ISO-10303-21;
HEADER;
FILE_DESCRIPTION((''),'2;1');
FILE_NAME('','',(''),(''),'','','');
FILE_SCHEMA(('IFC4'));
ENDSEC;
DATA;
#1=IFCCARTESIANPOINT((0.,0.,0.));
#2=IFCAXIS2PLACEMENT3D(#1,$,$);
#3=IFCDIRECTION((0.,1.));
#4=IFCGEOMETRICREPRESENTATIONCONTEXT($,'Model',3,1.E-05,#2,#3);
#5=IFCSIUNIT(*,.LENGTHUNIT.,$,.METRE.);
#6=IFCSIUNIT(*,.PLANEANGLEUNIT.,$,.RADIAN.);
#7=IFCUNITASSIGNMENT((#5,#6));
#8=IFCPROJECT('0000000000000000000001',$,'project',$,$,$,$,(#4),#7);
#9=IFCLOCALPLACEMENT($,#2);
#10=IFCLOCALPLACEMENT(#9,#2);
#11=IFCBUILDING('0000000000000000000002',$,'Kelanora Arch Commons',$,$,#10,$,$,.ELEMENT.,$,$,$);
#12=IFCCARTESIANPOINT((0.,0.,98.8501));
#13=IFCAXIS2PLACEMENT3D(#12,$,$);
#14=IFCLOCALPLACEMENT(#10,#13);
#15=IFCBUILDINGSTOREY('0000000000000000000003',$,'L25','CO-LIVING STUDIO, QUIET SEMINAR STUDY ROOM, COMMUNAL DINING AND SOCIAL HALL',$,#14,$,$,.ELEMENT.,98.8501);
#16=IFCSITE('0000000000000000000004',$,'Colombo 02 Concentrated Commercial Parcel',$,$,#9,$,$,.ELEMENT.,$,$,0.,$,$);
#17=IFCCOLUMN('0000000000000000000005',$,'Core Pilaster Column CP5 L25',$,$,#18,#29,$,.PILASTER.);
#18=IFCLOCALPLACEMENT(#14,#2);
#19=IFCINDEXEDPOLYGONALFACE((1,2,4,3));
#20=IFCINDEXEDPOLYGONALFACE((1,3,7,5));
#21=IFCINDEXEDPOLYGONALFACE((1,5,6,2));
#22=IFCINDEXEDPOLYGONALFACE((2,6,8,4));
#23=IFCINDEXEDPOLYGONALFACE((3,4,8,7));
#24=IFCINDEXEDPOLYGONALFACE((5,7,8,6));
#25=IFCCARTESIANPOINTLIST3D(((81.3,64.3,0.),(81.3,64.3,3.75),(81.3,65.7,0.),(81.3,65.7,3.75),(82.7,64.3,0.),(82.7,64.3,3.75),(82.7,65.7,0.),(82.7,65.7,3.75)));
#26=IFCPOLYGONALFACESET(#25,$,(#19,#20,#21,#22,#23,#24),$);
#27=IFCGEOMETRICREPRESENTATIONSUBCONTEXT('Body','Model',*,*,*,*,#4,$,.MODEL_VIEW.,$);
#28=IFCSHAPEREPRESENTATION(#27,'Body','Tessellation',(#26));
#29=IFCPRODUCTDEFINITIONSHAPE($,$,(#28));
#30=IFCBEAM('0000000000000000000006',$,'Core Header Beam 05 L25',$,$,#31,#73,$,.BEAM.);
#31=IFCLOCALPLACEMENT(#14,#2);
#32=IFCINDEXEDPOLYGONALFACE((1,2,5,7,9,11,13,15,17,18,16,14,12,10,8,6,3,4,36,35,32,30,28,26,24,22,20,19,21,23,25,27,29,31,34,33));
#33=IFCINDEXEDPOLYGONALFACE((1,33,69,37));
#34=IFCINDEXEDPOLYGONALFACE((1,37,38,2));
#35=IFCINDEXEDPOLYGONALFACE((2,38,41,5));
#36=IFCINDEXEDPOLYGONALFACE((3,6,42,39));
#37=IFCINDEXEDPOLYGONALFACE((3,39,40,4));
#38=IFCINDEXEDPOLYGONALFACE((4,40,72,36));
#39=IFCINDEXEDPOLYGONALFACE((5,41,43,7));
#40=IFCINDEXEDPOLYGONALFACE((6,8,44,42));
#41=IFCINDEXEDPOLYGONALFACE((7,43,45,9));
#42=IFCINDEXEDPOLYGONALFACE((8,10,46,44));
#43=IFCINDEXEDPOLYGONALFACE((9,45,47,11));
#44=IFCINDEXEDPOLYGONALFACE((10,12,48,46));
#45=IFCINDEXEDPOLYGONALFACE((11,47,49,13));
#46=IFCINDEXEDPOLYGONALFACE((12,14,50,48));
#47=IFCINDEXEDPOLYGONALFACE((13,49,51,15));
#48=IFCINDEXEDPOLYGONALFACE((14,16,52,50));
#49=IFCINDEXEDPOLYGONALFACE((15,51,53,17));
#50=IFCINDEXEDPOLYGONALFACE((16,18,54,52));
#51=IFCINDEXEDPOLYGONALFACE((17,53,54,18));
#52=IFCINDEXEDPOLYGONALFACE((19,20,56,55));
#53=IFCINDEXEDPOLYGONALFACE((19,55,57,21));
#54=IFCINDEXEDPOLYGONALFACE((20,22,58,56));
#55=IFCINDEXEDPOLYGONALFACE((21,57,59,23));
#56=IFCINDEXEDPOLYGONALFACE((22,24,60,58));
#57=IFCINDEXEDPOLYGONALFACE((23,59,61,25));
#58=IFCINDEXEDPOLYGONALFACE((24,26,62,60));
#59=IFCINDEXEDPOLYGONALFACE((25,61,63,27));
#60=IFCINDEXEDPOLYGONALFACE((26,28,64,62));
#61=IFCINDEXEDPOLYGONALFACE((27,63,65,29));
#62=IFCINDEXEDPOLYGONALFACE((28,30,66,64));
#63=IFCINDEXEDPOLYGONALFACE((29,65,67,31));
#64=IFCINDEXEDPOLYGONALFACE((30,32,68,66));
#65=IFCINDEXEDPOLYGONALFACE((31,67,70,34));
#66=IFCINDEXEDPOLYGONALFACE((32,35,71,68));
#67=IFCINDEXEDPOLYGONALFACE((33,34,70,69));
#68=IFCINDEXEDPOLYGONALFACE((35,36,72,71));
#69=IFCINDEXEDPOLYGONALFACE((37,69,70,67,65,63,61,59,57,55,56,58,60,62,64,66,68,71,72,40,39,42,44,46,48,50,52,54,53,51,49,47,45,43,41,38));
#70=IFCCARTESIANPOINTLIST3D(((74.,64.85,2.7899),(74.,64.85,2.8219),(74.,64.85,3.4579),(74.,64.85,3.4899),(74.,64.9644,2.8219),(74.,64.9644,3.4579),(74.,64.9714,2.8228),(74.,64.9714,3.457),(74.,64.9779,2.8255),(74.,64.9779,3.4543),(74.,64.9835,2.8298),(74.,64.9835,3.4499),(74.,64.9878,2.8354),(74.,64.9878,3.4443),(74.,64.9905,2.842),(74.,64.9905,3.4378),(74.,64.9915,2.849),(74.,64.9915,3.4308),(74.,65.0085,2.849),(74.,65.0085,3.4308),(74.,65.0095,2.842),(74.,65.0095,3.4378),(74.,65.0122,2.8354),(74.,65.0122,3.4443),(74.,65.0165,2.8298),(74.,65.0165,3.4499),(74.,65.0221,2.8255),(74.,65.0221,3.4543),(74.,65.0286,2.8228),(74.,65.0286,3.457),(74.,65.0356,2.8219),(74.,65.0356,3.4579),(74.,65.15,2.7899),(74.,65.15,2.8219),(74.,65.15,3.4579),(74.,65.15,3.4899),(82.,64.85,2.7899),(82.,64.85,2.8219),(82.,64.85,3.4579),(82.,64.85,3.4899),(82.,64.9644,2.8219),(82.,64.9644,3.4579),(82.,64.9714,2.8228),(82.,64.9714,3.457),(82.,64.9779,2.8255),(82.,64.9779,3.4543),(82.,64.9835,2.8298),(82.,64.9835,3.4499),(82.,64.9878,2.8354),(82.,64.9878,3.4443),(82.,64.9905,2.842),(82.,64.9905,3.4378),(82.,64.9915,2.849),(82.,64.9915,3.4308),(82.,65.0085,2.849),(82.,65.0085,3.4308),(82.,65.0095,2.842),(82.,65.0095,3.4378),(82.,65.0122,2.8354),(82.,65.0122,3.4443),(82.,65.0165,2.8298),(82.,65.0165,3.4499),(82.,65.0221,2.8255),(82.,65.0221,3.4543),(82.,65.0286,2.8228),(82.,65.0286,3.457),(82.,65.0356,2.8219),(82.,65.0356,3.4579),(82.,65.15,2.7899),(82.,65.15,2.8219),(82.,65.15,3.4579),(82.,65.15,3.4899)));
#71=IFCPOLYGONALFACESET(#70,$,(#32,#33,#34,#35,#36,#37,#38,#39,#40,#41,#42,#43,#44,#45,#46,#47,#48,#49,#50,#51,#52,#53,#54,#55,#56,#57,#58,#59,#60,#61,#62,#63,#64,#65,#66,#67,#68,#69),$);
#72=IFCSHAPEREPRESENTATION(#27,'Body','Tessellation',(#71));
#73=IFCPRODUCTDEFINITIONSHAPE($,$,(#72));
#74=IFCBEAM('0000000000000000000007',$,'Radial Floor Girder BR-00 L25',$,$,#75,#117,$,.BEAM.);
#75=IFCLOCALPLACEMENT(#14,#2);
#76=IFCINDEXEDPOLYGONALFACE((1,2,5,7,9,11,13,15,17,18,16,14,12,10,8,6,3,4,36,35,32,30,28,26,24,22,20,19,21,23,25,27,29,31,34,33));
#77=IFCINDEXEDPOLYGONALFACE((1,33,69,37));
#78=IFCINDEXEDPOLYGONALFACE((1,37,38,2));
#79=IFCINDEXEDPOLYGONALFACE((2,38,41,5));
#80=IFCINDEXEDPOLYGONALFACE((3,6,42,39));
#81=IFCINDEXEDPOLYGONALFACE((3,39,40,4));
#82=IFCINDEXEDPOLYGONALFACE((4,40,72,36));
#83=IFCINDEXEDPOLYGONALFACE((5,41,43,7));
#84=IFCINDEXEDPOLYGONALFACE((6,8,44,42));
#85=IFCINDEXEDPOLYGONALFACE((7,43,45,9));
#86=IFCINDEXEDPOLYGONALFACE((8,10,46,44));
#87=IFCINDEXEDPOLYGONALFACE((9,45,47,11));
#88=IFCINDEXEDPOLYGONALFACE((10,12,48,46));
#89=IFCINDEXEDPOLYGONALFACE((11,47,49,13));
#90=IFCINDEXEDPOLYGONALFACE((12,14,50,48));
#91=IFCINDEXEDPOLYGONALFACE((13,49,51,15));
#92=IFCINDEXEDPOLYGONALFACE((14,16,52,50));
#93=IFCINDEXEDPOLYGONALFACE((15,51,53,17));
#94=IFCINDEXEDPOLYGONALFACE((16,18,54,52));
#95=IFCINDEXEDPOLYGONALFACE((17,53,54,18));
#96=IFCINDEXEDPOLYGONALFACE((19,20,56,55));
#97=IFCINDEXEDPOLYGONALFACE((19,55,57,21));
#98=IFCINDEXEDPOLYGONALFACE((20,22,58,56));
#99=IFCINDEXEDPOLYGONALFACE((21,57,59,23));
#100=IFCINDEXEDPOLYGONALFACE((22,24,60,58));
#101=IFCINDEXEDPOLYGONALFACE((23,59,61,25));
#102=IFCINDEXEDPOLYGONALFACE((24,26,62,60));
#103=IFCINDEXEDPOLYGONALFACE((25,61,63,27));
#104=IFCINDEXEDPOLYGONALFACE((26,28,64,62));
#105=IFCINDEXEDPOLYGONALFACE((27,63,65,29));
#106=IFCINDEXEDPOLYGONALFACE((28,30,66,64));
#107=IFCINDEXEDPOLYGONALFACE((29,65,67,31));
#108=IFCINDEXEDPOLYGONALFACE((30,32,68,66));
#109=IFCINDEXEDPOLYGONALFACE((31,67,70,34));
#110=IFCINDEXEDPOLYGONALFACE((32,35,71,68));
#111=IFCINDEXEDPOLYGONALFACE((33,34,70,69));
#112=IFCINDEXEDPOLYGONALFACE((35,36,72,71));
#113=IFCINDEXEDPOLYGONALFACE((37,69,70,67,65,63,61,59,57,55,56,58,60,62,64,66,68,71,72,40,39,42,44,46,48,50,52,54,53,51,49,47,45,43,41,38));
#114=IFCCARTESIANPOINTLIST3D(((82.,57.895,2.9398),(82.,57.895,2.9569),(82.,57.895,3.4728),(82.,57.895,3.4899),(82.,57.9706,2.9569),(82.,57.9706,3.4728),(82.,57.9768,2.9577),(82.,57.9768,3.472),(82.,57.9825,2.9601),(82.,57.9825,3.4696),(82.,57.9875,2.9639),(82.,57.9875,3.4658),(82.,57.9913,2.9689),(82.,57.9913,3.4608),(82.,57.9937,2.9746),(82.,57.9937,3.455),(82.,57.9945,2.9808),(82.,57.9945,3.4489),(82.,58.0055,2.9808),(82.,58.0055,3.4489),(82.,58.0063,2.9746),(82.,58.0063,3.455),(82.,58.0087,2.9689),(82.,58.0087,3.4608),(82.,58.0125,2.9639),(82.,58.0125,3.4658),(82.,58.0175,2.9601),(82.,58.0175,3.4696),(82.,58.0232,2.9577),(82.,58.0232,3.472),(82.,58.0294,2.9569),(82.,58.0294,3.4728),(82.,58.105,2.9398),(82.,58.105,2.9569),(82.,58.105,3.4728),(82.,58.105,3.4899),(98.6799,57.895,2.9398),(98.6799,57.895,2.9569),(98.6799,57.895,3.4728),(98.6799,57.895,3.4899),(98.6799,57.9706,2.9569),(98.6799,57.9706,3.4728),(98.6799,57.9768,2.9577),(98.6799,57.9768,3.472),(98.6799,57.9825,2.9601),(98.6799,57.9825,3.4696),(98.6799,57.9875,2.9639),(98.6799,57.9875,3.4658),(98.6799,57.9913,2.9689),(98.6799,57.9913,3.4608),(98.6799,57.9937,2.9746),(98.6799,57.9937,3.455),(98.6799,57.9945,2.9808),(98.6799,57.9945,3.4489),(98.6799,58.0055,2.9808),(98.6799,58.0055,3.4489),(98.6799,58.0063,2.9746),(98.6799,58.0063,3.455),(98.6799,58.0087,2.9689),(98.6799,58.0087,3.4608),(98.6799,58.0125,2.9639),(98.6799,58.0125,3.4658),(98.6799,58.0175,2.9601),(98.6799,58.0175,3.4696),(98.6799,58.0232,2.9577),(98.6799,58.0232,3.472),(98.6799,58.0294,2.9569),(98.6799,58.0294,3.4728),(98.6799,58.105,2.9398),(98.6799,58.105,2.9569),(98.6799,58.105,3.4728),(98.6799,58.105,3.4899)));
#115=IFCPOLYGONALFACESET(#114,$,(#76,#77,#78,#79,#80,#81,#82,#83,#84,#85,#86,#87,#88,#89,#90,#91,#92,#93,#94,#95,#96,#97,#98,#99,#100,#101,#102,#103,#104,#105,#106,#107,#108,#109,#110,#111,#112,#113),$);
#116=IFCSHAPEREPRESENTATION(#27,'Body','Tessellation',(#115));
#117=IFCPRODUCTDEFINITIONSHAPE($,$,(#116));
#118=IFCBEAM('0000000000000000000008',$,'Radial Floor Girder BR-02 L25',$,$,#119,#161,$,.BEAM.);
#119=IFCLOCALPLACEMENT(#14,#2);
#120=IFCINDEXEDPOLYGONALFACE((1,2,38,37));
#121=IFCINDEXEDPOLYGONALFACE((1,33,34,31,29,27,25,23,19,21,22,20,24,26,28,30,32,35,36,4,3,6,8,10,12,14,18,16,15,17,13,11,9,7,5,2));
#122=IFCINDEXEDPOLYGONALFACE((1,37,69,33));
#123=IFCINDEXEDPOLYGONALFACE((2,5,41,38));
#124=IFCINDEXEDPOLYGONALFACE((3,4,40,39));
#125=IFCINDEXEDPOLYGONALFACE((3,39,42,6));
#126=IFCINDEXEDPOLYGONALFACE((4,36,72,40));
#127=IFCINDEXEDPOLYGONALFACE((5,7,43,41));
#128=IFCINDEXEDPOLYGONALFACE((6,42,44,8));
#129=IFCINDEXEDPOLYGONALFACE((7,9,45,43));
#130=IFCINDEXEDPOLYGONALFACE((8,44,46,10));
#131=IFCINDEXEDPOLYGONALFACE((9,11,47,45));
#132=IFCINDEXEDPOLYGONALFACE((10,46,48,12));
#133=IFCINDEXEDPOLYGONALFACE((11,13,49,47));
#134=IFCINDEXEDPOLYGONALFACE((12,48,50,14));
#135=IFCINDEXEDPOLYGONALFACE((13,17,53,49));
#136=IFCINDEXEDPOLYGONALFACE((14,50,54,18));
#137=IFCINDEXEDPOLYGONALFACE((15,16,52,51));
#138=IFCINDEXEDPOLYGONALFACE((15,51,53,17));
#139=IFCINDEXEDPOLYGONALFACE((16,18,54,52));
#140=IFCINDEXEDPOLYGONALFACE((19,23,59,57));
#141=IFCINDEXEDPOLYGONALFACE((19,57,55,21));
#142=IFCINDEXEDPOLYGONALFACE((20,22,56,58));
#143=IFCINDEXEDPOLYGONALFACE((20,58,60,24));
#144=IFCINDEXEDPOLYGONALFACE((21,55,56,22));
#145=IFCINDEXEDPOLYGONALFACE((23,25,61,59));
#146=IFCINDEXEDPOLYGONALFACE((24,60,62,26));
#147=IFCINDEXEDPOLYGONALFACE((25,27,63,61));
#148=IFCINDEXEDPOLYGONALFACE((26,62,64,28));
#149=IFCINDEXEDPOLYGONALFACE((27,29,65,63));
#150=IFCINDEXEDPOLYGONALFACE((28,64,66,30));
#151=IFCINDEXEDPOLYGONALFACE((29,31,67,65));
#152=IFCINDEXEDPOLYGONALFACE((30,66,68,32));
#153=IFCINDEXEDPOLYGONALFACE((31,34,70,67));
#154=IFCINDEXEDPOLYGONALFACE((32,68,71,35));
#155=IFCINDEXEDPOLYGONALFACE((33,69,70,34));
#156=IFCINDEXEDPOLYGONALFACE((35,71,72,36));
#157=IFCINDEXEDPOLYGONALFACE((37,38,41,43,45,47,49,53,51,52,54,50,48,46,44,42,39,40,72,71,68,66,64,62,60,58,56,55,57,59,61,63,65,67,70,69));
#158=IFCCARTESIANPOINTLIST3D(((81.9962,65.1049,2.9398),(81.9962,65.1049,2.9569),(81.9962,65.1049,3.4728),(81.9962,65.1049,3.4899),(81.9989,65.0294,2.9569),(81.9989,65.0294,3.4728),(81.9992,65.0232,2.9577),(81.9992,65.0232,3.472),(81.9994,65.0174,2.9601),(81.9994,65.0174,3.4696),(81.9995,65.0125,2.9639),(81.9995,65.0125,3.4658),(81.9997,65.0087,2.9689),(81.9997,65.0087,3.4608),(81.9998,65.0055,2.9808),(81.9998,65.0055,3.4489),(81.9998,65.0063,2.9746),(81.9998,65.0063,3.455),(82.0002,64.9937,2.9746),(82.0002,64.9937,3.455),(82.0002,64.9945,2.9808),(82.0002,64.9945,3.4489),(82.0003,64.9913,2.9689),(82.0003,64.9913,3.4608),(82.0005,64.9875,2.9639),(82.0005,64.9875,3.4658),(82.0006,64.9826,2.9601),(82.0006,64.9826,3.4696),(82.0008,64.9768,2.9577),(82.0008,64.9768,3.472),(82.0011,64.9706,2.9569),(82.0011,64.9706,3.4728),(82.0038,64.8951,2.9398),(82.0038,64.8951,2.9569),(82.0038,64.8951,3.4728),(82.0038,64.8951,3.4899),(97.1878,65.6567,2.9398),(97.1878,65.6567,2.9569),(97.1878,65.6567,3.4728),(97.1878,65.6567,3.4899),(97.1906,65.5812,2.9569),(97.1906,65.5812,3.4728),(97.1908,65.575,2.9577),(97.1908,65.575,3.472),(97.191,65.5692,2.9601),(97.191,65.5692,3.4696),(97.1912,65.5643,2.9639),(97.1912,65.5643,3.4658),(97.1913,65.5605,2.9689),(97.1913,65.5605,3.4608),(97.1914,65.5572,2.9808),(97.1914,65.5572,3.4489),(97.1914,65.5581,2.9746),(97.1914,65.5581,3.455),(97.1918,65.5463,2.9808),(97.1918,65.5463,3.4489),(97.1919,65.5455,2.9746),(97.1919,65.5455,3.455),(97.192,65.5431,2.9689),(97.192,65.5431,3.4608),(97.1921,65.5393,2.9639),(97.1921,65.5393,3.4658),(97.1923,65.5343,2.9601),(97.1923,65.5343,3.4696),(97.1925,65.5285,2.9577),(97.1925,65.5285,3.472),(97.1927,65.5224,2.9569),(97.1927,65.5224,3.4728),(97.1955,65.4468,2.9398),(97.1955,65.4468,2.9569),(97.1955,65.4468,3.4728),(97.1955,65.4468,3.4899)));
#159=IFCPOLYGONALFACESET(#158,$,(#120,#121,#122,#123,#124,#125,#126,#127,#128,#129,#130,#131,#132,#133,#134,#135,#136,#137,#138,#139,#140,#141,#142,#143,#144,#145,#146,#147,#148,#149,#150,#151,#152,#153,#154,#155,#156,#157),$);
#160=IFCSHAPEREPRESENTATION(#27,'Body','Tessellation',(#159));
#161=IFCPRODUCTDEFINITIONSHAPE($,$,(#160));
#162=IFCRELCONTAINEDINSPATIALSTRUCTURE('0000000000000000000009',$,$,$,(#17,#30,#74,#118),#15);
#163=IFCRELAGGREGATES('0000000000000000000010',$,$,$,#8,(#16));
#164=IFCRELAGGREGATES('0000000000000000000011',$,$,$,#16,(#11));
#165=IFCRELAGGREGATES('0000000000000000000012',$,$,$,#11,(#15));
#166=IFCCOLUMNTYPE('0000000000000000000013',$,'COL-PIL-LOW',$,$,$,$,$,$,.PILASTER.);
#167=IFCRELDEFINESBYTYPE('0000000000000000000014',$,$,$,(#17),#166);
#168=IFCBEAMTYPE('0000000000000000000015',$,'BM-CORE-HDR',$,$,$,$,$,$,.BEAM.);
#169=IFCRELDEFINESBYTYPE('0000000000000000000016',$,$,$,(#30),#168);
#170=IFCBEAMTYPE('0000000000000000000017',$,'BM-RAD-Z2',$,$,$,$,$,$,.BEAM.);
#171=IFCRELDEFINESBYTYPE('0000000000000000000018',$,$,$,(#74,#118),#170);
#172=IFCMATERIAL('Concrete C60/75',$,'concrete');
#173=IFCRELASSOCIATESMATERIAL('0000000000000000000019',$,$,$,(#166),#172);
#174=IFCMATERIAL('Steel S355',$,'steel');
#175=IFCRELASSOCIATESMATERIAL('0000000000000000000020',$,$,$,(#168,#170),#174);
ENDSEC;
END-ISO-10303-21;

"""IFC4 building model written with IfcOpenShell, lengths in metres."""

from ifc_helpers import new_model, si_unit, direction, frame, origin, origin_2d, place, context, subcontext, project, spatial, rectangle, i_section, extrude, material, material_profile, profile_set, type_object, element, save


model = new_model("IFC4")

# Units and contexts
model_context = context("Model", 3, precision=1e-05, world=origin(), true_north=direction((0.0, 1.0)))
body_context = subcontext(model_context, "Body", "Model", "MODEL_VIEW")
ifc_project = project(units=[si_unit("LENGTHUNIT", "METRE"), si_unit("PLANEANGLEUNIT", "RADIAN")], contexts=[model_context])

# Site, building, storey
site_placement = place(None, origin())
site = spatial("IfcSite", under=ifc_project, at=site_placement, Name="Colombo 02 Concentrated Commercial Parcel", CompositionType="ELEMENT", RefElevation=0.0)
building_placement = place(site_placement, origin())
building = spatial("IfcBuilding", under=site, at=building_placement, Name="Kelanora Arch Commons", CompositionType="ELEMENT")
storey_placement = place(building_placement, frame((0.0, 0.0, 98.8501)))
storey = spatial("IfcBuildingStorey", under=building, at=storey_placement, Name="L25", Description="CO-LIVING STUDIO, QUIET SEMINAR STUDY ROOM, COMMUNAL DINING AND SOCIAL HALL", CompositionType="ELEMENT", Elevation=98.8501)

# Column
ifc_material_1 = material(Name="Concrete C60/75", Category="concrete")
ifc_material_profile_1 = material_profile(ifc_material_1, rectangle(XDim=1.3999, YDim=1.3999, at=origin_2d()), Name="RC1400x1400")
ifc_profile_set_1 = profile_set([ifc_material_profile_1], Name="Concrete C60/75")
column_type = type_object("IfcColumnType", Name="COL-PIL-LOW", PredefinedType="PILASTER", material=ifc_profile_set_1)
column_placement = place(storey_placement, frame((82.0, 65.0, 0.0), z_axis=(0.0, 0.0, 1.0), x_axis=(1.0, 0.0, 0.0)))
element("IfcColumn", 1, at=column_placement, inside=storey, type_object=column_type, Name="Core Pilaster Column CP5 L25", PredefinedType="PILASTER", context=body_context, shape_type="SweptSolid", body=[
    extrude(rectangle(XDim=1.3999, YDim=1.3999, at=origin_2d()), origin(), (0.0, 0.0, 1.0), 3.75),
])

# Beams
ifc_material_2 = material(Name="Steel S355", Category="steel")
ifc_material_profile_2 = material_profile(ifc_material_2, i_section(OverallWidth=0.3, OverallDepth=0.7, WebThickness=0.0171, FlangeThickness=0.032, FilletRadius=0.0271, at=origin_2d()), Name="HEB700")
ifc_profile_set_2 = profile_set([ifc_material_profile_2], Name="Steel S355")
beam_type_1 = type_object("IfcBeamType", Name="BM-CORE-HDR", PredefinedType="BEAM", material=ifc_profile_set_2)
beam_1_placement = place(storey_placement, frame((82.0, 65.0, 3.1399), z_axis=(-1.0, 0.0, 0.0), x_axis=(0.0, -1.0, 0.0)))
element("IfcBeam", 2, at=beam_1_placement, inside=storey, type_object=beam_type_1, Name="Core Header Beam 05 L25", PredefinedType="BEAM", context=body_context, shape_type="SweptSolid", body=[
    extrude(i_section(OverallWidth=0.3, OverallDepth=0.7, WebThickness=0.0171, FlangeThickness=0.032, FilletRadius=0.0271, at=origin_2d()), origin(), (0.0, 0.0, 1.0), 8.0),
])
ifc_material_profile_3 = material_profile(ifc_material_2, i_section(OverallWidth=0.21, OverallDepth=0.55, WebThickness=0.011, FlangeThickness=0.0171, FilletRadius=0.0239, at=origin_2d()), Name="IPE550")
ifc_profile_set_3 = profile_set([ifc_material_profile_3], Name="Steel S355")
beam_type_2 = type_object("IfcBeamType", Name="BM-RAD-Z2", PredefinedType="BEAM", material=ifc_profile_set_3)
beam_2_placement = place(storey_placement, frame((82.0, 58.0, 3.2148), z_axis=(1.0, 0.0, 0.0), x_axis=(0.0, 1.0, 0.0)))
element("IfcBeam", 3, at=beam_2_placement, inside=storey, type_object=beam_type_2, Name="Radial Floor Girder BR-00 L25", PredefinedType="BEAM", context=body_context, shape_type="SweptSolid", body=[
    extrude(i_section(OverallWidth=0.21, OverallDepth=0.55, WebThickness=0.011, FlangeThickness=0.0171, FilletRadius=0.0239, at=origin_2d()), origin(), (0.0, 0.0, 1.0), 16.6799),
])
beam_3_placement = place(storey_placement, frame((82.0, 65.0, 3.2148), z_axis=(0.999341, 0.036296, 0.0), x_axis=(-0.036296, 0.999341, 0.0)))
element("IfcBeam", 4, at=beam_3_placement, inside=storey, type_object=beam_type_2, Name="Radial Floor Girder BR-02 L25", PredefinedType="BEAM", context=body_context, shape_type="SweptSolid", body=[
    extrude(i_section(OverallWidth=0.21, OverallDepth=0.55, WebThickness=0.011, FlangeThickness=0.0171, FilletRadius=0.0239, at=origin_2d()), origin(), (0.0, 0.0, 1.0), 15.2017),
])

save(model, "model.ifc")
